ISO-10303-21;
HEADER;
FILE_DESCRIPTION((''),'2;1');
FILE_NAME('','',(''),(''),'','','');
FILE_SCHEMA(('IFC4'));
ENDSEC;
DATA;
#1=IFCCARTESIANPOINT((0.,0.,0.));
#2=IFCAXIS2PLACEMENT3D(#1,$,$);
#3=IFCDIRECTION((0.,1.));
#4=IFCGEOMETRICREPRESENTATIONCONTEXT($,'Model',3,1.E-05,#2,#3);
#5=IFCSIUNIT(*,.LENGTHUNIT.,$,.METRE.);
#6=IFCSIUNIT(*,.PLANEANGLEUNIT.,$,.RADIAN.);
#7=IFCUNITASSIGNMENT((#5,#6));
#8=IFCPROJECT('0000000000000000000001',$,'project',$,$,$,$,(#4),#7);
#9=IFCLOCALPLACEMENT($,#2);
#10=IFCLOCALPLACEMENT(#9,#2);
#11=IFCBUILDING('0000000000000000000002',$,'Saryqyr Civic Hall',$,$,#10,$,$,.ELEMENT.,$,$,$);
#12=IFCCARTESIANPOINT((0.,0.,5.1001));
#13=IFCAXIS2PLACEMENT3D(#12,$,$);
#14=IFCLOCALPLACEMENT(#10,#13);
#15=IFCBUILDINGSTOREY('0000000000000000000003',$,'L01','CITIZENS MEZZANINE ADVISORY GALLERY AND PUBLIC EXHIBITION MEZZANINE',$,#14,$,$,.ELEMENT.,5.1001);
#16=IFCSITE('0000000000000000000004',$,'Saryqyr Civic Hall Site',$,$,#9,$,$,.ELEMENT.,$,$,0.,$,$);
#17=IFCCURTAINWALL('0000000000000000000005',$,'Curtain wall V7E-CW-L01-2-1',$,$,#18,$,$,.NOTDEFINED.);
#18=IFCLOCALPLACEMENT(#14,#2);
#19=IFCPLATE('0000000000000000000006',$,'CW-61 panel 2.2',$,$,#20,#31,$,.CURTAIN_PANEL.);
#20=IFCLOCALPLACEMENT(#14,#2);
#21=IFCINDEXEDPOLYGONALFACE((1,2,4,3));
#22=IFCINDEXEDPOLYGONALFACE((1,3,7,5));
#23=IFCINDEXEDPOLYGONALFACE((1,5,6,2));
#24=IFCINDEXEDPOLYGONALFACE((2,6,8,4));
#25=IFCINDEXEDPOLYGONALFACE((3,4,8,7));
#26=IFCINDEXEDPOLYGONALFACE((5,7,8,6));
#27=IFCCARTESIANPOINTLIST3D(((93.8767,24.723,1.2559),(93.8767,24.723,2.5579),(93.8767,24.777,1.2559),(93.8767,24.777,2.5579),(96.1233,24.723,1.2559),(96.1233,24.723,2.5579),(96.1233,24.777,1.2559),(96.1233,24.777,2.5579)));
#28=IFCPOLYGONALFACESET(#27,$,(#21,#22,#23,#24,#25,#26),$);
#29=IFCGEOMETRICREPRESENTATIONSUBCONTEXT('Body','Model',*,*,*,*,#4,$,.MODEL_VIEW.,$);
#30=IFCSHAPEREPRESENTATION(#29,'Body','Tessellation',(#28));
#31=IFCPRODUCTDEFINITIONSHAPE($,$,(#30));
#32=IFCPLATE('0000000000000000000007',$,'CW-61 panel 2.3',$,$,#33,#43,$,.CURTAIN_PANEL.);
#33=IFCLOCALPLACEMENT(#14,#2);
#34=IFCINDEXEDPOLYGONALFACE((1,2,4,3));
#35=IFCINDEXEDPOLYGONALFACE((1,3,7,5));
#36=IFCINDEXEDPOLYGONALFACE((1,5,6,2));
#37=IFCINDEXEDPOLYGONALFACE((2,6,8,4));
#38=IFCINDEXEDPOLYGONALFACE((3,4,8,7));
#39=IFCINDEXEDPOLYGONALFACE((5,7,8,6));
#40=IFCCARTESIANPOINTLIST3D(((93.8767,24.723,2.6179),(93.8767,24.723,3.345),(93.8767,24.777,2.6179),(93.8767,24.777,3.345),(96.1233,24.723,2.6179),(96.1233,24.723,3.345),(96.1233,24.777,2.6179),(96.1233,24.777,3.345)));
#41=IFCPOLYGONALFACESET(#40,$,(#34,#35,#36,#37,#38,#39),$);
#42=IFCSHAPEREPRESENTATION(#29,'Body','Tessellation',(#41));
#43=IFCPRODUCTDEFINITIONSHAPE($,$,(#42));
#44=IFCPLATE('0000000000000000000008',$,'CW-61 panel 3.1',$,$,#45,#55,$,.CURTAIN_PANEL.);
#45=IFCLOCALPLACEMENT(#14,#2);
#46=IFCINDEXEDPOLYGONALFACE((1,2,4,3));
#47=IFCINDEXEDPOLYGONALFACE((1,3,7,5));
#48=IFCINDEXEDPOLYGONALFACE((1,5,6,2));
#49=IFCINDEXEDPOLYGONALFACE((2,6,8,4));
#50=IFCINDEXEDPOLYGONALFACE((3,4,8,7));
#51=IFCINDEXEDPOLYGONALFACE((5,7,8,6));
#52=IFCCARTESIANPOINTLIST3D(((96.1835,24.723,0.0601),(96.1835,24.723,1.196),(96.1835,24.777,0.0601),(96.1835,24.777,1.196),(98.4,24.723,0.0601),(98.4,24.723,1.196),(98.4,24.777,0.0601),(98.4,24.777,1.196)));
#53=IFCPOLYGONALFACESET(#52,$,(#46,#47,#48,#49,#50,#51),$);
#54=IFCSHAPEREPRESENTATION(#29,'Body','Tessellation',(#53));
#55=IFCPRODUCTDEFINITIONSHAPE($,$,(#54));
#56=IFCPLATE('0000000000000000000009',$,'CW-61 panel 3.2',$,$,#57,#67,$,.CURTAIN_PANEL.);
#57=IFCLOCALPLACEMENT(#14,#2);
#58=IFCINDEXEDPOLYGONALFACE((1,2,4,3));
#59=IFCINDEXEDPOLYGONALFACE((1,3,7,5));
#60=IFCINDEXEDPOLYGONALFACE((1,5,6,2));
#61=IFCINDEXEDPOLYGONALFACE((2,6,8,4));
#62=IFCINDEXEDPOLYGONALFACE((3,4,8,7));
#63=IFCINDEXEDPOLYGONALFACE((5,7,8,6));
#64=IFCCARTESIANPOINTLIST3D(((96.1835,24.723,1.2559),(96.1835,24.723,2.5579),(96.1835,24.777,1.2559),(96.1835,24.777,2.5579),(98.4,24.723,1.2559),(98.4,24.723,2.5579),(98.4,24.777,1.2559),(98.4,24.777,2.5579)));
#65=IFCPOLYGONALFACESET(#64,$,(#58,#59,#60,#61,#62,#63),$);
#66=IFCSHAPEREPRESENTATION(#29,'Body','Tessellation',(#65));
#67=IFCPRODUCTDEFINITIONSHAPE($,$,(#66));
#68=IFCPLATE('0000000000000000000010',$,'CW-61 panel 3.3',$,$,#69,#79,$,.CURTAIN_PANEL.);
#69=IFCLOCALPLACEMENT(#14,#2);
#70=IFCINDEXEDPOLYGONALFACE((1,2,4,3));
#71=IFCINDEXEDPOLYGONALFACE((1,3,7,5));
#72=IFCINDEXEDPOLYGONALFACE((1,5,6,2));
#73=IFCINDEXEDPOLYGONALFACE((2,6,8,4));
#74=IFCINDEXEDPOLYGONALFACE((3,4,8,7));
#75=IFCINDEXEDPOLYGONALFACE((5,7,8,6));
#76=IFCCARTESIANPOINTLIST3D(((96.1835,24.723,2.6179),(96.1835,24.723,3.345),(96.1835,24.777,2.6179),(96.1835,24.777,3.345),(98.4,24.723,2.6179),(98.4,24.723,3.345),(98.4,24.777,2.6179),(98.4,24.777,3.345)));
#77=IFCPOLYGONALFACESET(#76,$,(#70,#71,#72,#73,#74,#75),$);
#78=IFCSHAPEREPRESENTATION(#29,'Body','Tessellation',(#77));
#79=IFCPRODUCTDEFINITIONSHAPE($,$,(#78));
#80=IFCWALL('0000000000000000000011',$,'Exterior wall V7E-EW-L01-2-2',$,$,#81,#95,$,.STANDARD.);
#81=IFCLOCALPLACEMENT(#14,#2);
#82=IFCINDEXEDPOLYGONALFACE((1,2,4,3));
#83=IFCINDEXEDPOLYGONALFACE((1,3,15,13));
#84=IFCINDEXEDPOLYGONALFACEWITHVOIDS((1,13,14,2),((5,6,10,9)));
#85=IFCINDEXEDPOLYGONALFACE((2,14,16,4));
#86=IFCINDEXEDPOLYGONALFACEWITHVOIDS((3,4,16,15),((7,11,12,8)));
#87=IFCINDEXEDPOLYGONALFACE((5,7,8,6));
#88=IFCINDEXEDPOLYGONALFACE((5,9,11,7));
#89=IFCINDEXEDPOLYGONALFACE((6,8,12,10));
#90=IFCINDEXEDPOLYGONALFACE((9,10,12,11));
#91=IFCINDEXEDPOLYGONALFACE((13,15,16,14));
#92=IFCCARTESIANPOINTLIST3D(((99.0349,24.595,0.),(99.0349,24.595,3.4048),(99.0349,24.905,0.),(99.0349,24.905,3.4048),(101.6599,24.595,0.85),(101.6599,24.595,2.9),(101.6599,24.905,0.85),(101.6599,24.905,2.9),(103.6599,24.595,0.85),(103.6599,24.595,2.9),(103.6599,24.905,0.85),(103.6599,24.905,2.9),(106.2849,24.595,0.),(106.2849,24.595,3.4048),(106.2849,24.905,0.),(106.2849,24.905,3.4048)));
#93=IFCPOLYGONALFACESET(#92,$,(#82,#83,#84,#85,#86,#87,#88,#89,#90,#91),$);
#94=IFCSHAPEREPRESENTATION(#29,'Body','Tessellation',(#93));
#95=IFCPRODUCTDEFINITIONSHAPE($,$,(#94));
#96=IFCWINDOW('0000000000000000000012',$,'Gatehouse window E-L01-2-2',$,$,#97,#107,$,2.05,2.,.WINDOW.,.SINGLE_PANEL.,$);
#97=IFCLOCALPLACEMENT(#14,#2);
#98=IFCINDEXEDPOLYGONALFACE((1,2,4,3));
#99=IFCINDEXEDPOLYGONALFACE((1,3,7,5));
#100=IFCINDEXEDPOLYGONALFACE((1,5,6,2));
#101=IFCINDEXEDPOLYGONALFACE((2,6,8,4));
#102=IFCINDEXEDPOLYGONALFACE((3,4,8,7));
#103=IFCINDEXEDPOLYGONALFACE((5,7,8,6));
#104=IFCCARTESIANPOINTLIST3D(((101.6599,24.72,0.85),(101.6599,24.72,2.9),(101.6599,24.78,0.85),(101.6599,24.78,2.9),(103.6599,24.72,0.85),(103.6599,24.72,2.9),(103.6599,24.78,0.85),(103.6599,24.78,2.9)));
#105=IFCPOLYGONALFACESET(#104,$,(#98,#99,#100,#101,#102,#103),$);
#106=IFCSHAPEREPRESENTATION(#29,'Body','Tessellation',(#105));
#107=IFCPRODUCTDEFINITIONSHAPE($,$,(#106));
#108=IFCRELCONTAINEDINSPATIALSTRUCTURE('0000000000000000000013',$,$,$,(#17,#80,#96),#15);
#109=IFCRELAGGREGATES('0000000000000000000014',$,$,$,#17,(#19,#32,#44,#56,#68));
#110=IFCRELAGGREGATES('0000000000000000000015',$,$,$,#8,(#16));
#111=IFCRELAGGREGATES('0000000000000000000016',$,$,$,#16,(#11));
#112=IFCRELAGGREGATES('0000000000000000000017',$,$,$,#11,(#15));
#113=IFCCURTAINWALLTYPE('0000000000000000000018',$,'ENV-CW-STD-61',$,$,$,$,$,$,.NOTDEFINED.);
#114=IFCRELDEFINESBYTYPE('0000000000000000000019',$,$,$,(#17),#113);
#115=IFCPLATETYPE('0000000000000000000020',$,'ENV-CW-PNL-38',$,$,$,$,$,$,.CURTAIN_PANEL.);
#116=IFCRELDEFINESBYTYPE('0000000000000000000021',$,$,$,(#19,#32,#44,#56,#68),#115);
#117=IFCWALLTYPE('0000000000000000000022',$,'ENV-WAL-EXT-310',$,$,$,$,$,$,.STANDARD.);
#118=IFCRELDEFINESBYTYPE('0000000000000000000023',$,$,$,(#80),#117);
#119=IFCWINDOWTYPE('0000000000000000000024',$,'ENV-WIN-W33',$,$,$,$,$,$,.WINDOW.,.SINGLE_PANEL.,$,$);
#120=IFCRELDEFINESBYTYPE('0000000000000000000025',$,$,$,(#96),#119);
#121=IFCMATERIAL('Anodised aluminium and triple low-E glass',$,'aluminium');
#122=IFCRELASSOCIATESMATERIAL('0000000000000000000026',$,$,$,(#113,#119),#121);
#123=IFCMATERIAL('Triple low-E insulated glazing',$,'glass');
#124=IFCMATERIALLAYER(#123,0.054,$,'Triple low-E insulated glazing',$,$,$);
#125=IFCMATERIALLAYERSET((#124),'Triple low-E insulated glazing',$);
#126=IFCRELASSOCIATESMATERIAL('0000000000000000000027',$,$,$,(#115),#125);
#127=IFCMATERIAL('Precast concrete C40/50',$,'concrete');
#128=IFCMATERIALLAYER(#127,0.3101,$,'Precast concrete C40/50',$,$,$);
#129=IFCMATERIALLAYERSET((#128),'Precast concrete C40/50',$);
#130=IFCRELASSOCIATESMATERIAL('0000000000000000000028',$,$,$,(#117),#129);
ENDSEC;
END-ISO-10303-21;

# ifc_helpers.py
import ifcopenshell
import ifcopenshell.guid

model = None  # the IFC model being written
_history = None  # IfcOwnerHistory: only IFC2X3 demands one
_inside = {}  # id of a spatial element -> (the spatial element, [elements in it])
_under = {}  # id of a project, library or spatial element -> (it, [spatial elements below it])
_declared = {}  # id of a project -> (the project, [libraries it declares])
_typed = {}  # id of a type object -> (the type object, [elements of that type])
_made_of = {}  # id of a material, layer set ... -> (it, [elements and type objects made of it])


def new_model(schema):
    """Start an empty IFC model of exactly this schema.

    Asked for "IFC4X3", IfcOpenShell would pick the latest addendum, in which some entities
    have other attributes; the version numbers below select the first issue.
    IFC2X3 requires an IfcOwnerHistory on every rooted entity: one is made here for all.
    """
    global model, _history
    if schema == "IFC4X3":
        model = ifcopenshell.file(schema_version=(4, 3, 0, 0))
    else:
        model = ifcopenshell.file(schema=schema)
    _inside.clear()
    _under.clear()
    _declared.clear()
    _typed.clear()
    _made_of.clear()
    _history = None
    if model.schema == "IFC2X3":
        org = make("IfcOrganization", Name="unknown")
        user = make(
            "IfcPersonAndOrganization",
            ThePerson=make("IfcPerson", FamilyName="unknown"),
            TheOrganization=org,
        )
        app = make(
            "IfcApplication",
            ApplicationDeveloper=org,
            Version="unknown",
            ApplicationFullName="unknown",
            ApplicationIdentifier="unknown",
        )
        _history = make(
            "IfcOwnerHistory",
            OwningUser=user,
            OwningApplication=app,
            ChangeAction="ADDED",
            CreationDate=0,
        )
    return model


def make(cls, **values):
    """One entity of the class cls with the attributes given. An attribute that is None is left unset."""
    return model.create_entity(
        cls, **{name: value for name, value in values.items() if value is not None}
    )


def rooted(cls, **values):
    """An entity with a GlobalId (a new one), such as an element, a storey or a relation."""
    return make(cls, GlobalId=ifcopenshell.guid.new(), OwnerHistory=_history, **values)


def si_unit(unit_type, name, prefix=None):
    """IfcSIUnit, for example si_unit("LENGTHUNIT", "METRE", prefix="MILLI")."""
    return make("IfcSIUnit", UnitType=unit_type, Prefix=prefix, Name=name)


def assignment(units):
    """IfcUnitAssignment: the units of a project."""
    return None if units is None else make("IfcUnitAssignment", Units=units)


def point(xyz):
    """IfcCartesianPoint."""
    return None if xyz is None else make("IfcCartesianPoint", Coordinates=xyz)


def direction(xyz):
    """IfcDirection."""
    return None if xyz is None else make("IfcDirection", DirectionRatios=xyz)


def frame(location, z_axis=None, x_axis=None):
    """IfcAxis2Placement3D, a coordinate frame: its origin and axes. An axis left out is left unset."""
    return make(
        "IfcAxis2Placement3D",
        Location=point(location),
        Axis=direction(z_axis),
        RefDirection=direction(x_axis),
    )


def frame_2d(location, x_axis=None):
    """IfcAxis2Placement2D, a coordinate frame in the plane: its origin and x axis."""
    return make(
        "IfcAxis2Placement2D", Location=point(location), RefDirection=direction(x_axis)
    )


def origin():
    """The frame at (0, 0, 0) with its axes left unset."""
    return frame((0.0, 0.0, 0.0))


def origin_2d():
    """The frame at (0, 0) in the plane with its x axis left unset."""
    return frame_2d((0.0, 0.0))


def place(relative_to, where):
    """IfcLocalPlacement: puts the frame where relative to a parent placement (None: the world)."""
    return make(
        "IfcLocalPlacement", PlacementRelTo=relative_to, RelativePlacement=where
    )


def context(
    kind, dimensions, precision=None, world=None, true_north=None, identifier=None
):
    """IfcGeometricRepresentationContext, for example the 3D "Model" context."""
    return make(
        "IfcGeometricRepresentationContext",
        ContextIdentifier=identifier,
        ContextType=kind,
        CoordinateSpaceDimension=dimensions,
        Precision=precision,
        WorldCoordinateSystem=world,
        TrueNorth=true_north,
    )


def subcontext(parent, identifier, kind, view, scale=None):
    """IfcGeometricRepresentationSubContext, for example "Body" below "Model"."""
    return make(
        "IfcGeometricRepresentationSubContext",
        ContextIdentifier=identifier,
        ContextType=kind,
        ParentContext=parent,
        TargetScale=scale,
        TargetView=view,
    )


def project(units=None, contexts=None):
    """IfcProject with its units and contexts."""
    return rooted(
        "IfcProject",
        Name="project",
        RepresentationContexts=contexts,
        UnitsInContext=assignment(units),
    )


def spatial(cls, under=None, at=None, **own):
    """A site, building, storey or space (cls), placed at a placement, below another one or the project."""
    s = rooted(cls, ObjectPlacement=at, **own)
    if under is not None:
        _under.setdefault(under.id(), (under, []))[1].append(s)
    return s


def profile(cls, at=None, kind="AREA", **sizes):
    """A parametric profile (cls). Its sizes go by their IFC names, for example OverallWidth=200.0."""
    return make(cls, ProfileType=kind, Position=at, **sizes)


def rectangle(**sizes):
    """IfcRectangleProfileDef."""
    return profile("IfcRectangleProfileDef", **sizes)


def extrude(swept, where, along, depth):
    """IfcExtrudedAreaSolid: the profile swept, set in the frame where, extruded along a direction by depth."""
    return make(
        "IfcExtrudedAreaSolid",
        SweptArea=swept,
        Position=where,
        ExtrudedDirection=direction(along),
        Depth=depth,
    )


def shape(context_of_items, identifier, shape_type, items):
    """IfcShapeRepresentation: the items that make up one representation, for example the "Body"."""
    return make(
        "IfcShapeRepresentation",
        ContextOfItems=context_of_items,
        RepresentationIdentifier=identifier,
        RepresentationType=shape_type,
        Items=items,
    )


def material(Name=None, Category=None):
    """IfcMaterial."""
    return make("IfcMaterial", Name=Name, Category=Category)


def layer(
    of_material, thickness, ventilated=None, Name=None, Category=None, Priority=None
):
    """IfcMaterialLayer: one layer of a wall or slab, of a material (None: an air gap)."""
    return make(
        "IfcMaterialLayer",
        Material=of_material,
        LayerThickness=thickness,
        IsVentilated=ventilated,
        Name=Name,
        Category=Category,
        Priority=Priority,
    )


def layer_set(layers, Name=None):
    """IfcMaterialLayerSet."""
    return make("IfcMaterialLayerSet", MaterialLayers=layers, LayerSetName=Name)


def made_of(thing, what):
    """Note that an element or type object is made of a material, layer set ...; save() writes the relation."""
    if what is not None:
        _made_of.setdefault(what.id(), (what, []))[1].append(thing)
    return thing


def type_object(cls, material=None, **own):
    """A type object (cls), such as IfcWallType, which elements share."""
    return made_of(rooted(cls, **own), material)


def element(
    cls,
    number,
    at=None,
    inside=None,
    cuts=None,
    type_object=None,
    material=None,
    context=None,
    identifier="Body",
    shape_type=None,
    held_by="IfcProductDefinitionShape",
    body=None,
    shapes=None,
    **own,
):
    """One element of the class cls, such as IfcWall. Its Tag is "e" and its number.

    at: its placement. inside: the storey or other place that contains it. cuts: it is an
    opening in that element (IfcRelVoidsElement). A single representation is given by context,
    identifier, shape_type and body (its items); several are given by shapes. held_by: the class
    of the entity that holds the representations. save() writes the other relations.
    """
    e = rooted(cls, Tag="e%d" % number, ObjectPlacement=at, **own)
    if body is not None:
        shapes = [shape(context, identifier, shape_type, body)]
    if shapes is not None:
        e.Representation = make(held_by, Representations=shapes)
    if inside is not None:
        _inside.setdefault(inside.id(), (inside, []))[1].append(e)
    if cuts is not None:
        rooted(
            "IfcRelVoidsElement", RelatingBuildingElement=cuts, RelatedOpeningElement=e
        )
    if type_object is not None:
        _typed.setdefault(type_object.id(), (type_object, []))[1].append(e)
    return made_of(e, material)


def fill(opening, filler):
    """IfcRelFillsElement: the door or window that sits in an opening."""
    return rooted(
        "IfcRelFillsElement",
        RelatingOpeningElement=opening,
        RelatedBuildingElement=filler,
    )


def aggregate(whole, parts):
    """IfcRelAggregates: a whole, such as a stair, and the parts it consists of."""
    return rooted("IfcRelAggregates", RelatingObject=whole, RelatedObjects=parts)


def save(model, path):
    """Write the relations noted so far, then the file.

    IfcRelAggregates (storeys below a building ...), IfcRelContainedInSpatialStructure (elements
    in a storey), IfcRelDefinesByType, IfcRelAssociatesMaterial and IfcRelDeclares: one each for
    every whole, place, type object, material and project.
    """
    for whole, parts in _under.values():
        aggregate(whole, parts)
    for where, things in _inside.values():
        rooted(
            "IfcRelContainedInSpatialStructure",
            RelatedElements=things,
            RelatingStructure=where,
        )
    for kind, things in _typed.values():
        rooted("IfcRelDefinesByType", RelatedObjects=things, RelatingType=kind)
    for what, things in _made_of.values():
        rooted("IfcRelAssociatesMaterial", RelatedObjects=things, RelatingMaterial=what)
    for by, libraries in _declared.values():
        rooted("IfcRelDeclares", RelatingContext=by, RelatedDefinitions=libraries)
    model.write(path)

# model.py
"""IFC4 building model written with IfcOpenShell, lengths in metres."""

from ifc_helpers import new_model, si_unit, direction, frame, frame_2d, origin, origin_2d, place, context, subcontext, project, spatial, rectangle, extrude, material, layer, layer_set, type_object, element, fill, aggregate, save


model = new_model("IFC4")

# Units and contexts
model_context = context("Model", 3, precision=1e-05, world=origin(), true_north=direction((0.0, 1.0)))
body_context = subcontext(model_context, "Body", "Model", "MODEL_VIEW")
ifc_project = project(units=[si_unit("LENGTHUNIT", "METRE"), si_unit("PLANEANGLEUNIT", "RADIAN")], contexts=[model_context])

# Site, building, storey
site_placement = place(None, origin())
site = spatial("IfcSite", under=ifc_project, at=site_placement, Name="Saryqyr Civic Hall Site", CompositionType="ELEMENT", RefElevation=0.0)
building_placement = place(site_placement, origin())
building = spatial("IfcBuilding", under=site, at=building_placement, Name="Saryqyr Civic Hall", CompositionType="ELEMENT")
storey_placement = place(building_placement, frame((0.0, 0.0, 5.1001)))
storey = spatial("IfcBuildingStorey", under=building, at=storey_placement, Name="L01", Description="CITIZENS MEZZANINE ADVISORY GALLERY AND PUBLIC EXHIBITION MEZZANINE", CompositionType="ELEMENT", Elevation=5.1001)

# Shared definitions
ifc_material_1 = material(Name="Anodised aluminium and triple low-E glass", Category="aluminium")
curtain_wall_type = type_object("IfcCurtainWallType", Name="ENV-CW-STD-61", PredefinedType="NOTDEFINED", material=ifc_material_1)

# Curtain wall
curtain_wall_1_placement = place(storey_placement, origin())
curtain_wall_1 = element("IfcCurtainWall", 1, at=curtain_wall_1_placement, inside=storey, type_object=curtain_wall_type, Name="Curtain wall V7E-CW-L01-2-1", PredefinedType="NOTDEFINED")

# Plates
ifc_material_2 = material(Name="Triple low-E insulated glazing", Category="glass")
ifc_layer_1 = layer(ifc_material_2, 0.054, Name="Triple low-E insulated glazing")
ifc_layer_set_1 = layer_set([ifc_layer_1], Name="Triple low-E insulated glazing")
plate_type = type_object("IfcPlateType", Name="ENV-CW-PNL-38", PredefinedType="CURTAIN_PANEL", material=ifc_layer_set_1)
plate_1_placement = place(storey_placement, frame((95.0, 24.75, 1.2559), z_axis=(0.0, 0.0, 1.0), x_axis=(1.0, 0.0, 0.0)))
plate_1 = element("IfcPlate", 2, at=plate_1_placement, type_object=plate_type, Name="CW-61 panel 2.2", PredefinedType="CURTAIN_PANEL", context=body_context, shape_type="SweptSolid", body=[
    extrude(rectangle(XDim=2.2466, YDim=0.054, at=origin_2d()), origin(), (0.0, 0.0, 1.0), 1.302),
])
plate_2_placement = place(storey_placement, frame((95.0, 24.75, 2.6179), z_axis=(0.0, 0.0, 1.0), x_axis=(1.0, 0.0, 0.0)))
plate_2 = element("IfcPlate", 3, at=plate_2_placement, type_object=plate_type, Name="CW-61 panel 2.3", PredefinedType="CURTAIN_PANEL", context=body_context, shape_type="SweptSolid", body=[
    extrude(rectangle(XDim=2.2466, YDim=0.054, at=origin_2d()), origin(), (0.0, 0.0, 1.0), 0.7271),
])
plate_3_placement = place(storey_placement, frame((97.2917, 24.75, 0.0601), z_axis=(0.0, 0.0, 1.0), x_axis=(1.0, 0.0, 0.0)))
plate_3 = element("IfcPlate", 4, at=plate_3_placement, type_object=plate_type, Name="CW-61 panel 3.1", PredefinedType="CURTAIN_PANEL", context=body_context, shape_type="SweptSolid", body=[
    extrude(rectangle(XDim=2.2166, YDim=0.054, at=origin_2d()), origin(), (0.0, 0.0, 1.0), 1.136),
])
plate_4_placement = place(storey_placement, frame((97.2917, 24.75, 1.2559), z_axis=(0.0, 0.0, 1.0), x_axis=(1.0, 0.0, 0.0)))
plate_4 = element("IfcPlate", 5, at=plate_4_placement, type_object=plate_type, Name="CW-61 panel 3.2", PredefinedType="CURTAIN_PANEL", context=body_context, shape_type="SweptSolid", body=[
    extrude(rectangle(XDim=2.2166, YDim=0.054, at=origin_2d()), origin(), (0.0, 0.0, 1.0), 1.302),
])
plate_5_placement = place(storey_placement, frame((97.2917, 24.75, 2.6179), z_axis=(0.0, 0.0, 1.0), x_axis=(1.0, 0.0, 0.0)))
plate_5 = element("IfcPlate", 6, at=plate_5_placement, type_object=plate_type, Name="CW-61 panel 3.3", PredefinedType="CURTAIN_PANEL", context=body_context, shape_type="SweptSolid", body=[
    extrude(rectangle(XDim=2.2166, YDim=0.054, at=origin_2d()), origin(), (0.0, 0.0, 1.0), 0.7271),
])
aggregate(curtain_wall_1, [plate_1, plate_2, plate_3, plate_4, plate_5])

# Wall, opening, window
ifc_material_3 = material(Name="Precast concrete C40/50", Category="concrete")
ifc_layer_2 = layer(ifc_material_3, 0.3101, Name="Precast concrete C40/50")
ifc_layer_set_2 = layer_set([ifc_layer_2], Name="Precast concrete C40/50")
wall_type = type_object("IfcWallType", Name="ENV-WAL-EXT-310", PredefinedType="STANDARD", material=ifc_layer_set_2)
wall_placement = place(storey_placement, frame((99.0349, 24.75, 0.0), z_axis=(0.0, 0.0, 1.0), x_axis=(1.0, 0.0, 0.0)))
wall = element("IfcWall", 7, at=wall_placement, inside=storey, type_object=wall_type, Name="Exterior wall V7E-EW-L01-2-2", PredefinedType="STANDARD", context=body_context, shape_type="SweptSolid", body=[
    extrude(rectangle(XDim=7.25, YDim=0.3101, at=frame_2d((3.625, 0.0))), origin(), (0.0, 0.0, 1.0), 3.4048),
])
opening_placement = place(wall_placement, frame((2.625, 0.0, 0.8501)))
opening = element("IfcOpeningElement", 8, at=opening_placement, cuts=wall, PredefinedType="OPENING", context=body_context, shape_type="SweptSolid", body=[
    extrude(rectangle(XDim=2.0, YDim=2.05, at=frame_2d((1.0, 1.0249))), frame((0.0, 0.165, 0.0), z_axis=(0.0, -1.0, 0.0), x_axis=(1.0, 0.0, 0.0)), (0.0, 0.0, 1.0), 0.3301),
])
window_type = type_object("IfcWindowType", Name="ENV-WIN-W33", PartitioningType="SINGLE_PANEL", PredefinedType="WINDOW", material=ifc_material_1)
window_placement = place(opening_placement, origin())
window = element("IfcWindow", 9, at=window_placement, inside=storey, type_object=window_type, Name="Gatehouse window E-L01-2-2", OverallHeight=2.05, OverallWidth=2.0, PartitioningType="SINGLE_PANEL", PredefinedType="WINDOW", context=body_context, shape_type="SweptSolid", body=[
    extrude(rectangle(XDim=2.0, YDim=2.05, at=frame_2d((1.0, 1.0249))), frame((0.0, 0.03, 0.0), z_axis=(0.0, -1.0, 0.0), x_axis=(1.0, 0.0, 0.0)), (0.0, 0.0, 1.0), 0.0601),
])
fill(opening, window)

save(model, "model.ifc")
